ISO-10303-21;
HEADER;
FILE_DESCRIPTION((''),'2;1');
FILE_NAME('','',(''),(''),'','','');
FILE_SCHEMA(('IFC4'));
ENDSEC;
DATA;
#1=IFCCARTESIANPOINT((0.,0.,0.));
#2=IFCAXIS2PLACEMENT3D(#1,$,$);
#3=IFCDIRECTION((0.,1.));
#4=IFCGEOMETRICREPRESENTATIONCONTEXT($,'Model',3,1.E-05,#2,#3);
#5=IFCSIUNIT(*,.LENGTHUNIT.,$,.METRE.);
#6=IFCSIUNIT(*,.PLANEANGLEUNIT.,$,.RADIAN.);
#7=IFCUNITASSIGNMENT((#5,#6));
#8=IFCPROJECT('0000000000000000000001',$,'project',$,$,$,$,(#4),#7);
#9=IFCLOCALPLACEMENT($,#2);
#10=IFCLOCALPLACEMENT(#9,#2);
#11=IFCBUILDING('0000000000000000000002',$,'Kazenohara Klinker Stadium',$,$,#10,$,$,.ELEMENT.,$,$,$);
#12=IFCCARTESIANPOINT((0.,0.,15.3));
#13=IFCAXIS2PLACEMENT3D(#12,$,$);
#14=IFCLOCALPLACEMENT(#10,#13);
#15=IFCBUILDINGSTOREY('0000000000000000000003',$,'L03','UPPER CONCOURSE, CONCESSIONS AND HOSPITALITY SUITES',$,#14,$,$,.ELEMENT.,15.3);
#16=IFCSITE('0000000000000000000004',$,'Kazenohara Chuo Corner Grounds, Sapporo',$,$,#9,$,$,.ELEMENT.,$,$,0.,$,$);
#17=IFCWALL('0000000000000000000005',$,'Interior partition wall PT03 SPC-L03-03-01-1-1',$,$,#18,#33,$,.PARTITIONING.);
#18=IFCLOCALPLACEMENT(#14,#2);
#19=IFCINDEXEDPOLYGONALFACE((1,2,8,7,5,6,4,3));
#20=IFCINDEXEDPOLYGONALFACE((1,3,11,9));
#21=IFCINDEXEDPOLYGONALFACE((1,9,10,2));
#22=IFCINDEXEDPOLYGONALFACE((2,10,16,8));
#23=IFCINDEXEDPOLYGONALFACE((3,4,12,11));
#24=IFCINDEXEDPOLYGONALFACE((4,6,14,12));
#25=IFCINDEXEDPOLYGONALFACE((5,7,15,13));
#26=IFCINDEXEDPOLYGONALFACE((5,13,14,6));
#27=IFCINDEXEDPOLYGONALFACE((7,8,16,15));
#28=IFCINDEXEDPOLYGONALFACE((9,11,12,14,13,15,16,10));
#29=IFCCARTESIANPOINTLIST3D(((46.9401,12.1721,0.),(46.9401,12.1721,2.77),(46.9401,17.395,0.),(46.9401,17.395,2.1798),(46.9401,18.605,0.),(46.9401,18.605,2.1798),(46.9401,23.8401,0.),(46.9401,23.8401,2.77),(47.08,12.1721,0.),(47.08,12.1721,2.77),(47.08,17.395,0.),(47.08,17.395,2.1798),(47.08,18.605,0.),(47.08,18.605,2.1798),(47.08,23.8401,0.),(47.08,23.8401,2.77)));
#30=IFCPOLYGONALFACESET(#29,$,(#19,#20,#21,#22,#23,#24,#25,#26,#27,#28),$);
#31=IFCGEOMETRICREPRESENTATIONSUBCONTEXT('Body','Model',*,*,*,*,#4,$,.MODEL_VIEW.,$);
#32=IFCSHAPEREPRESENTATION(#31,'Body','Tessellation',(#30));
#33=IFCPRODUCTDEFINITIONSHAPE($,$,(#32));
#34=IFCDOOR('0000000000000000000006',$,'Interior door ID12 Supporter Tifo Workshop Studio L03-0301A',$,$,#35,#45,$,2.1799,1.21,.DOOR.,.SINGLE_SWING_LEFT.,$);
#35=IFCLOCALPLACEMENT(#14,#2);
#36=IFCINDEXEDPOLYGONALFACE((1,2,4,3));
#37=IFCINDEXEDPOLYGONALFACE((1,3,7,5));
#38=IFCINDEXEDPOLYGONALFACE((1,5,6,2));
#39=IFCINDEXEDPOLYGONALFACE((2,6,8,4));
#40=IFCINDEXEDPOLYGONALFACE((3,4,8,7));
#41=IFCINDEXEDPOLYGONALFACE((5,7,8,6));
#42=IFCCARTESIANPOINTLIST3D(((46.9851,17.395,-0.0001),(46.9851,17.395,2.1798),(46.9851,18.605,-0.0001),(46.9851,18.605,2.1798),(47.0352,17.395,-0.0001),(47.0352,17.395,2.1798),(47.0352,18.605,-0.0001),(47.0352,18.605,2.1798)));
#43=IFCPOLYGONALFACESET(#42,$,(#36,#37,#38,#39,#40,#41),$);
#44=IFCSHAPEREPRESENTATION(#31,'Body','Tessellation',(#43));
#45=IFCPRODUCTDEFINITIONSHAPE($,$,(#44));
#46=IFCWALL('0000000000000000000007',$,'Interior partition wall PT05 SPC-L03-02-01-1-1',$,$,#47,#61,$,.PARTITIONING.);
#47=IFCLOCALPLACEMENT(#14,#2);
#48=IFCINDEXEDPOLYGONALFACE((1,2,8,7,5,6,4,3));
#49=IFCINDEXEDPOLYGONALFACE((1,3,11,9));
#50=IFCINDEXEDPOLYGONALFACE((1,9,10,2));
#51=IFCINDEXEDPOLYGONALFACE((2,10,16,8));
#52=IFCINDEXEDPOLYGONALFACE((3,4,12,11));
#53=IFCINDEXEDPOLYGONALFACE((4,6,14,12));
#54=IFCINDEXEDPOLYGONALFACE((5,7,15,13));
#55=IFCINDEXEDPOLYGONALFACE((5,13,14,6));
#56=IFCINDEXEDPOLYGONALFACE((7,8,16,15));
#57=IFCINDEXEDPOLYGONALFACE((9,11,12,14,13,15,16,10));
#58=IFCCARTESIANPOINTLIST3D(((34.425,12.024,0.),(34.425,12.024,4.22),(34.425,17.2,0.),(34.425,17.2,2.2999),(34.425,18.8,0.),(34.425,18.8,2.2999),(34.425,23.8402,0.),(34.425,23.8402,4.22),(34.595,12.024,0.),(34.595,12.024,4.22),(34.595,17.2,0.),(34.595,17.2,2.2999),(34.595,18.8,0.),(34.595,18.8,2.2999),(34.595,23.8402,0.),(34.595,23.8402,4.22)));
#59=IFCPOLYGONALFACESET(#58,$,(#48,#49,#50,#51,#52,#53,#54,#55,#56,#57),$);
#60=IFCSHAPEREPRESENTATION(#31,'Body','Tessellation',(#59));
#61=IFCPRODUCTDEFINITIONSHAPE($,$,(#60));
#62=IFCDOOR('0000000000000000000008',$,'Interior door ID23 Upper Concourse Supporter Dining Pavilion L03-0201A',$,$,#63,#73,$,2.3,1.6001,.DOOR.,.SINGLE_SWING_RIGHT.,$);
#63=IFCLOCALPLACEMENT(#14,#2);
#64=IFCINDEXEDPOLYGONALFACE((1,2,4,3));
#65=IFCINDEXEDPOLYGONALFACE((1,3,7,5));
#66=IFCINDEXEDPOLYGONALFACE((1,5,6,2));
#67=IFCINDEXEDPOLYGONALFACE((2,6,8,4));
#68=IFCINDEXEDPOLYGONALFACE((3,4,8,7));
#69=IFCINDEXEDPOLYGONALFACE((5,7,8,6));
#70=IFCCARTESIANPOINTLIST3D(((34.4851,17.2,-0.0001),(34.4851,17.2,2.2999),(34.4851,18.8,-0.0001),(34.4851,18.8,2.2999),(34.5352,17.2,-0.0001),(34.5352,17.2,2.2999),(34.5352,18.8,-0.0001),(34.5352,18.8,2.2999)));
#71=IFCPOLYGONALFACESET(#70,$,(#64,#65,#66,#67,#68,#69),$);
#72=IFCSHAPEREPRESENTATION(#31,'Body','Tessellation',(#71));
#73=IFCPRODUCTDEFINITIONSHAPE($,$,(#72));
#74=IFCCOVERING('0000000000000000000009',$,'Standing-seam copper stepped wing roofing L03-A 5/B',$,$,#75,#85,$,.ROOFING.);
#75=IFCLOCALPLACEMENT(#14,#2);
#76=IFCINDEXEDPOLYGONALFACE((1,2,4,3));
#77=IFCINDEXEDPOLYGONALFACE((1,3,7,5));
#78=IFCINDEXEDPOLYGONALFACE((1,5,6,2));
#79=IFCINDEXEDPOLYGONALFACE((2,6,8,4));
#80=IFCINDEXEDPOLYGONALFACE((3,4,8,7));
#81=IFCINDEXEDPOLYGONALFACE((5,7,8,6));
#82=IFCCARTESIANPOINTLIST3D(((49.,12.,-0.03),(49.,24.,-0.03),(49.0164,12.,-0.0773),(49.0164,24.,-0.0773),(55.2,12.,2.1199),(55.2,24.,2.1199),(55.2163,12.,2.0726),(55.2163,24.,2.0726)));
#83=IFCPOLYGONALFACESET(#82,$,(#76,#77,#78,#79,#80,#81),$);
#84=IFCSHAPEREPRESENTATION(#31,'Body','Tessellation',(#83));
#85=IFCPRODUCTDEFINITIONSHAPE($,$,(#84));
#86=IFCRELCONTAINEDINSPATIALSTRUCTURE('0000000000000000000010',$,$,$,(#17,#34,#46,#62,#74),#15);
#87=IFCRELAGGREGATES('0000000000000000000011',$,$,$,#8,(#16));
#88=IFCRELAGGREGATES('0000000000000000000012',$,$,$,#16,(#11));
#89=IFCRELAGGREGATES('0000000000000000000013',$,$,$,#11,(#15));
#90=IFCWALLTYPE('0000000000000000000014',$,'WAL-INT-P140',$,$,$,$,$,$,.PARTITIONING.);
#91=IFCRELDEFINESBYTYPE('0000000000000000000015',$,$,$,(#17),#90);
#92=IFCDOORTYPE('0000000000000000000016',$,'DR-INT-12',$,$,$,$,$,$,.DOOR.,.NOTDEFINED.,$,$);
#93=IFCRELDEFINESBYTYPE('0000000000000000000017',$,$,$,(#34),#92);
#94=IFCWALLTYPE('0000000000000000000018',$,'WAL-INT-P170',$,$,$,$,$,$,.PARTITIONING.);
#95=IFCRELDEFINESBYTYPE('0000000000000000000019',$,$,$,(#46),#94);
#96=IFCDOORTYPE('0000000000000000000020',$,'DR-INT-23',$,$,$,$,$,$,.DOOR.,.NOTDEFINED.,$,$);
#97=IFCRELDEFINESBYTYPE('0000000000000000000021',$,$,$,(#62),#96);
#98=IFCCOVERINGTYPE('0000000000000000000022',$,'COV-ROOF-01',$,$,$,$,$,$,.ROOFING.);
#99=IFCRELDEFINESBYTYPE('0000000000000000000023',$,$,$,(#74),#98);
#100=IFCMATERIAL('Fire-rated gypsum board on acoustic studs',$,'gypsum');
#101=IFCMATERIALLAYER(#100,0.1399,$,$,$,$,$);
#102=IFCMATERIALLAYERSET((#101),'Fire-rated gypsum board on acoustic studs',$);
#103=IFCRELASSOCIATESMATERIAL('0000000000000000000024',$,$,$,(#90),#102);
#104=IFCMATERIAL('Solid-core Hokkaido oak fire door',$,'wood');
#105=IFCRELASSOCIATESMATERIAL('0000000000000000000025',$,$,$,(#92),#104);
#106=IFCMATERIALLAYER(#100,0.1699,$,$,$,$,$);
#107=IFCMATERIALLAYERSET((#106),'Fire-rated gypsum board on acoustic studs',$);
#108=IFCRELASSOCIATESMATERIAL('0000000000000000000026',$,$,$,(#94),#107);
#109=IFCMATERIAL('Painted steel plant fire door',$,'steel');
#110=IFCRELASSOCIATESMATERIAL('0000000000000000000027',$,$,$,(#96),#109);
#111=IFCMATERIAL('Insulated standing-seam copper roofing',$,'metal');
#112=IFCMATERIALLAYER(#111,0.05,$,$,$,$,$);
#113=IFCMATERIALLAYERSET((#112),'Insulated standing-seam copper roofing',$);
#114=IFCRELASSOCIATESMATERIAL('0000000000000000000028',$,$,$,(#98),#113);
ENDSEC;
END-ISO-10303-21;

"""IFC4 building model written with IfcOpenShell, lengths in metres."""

from ifc_helpers import new_model, si_unit, direction, frame, frame_2d, origin, place, context, subcontext, project, spatial, polyline, rectangle, outline, extrude, material, layer, layer_set, type_object, element, fill, save


model = new_model("IFC4")

# Units and contexts
model_context = context("Model", 3, precision=1e-05, world=origin(), true_north=direction((0.0, 1.0)))
body_context = subcontext(model_context, "Body", "Model", "MODEL_VIEW")
ifc_project = project(units=[si_unit("LENGTHUNIT", "METRE"), si_unit("PLANEANGLEUNIT", "RADIAN")], contexts=[model_context])

# Site, building, storey
site_placement = place(None, origin())
site = spatial("IfcSite", under=ifc_project, at=site_placement, Name="Kazenohara Chuo Corner Grounds, Sapporo", CompositionType="ELEMENT", RefElevation=0.0)
building_placement = place(site_placement, origin())
building = spatial("IfcBuilding", under=site, at=building_placement, Name="Kazenohara Klinker Stadium", CompositionType="ELEMENT")
storey_placement = place(building_placement, frame((0.0, 0.0, 15.3)))
storey = spatial("IfcBuildingStorey", under=building, at=storey_placement, Name="L03", Description="UPPER CONCOURSE, CONCESSIONS AND HOSPITALITY SUITES", CompositionType="ELEMENT", Elevation=15.3)

# Walls, openings, doors
ifc_material_1 = material(Name="Fire-rated gypsum board on acoustic studs", Category="gypsum")
ifc_layer_1 = layer(ifc_material_1, 0.1399)
ifc_layer_set_1 = layer_set([ifc_layer_1], Name="Fire-rated gypsum board on acoustic studs")
wall_type_1 = type_object("IfcWallType", Name="WAL-INT-P140", PredefinedType="PARTITIONING", material=ifc_layer_set_1)
wall_1_placement = place(storey_placement, frame((47.01, 12.1721, 0.0), z_axis=(0.0, 0.0, 1.0), x_axis=(0.0, 1.0, 0.0)))
wall_1 = element("IfcWall", 1, at=wall_1_placement, inside=storey, type_object=wall_type_1, Name="Interior partition wall PT03 SPC-L03-03-01-1-1", PredefinedType="PARTITIONING", context=body_context, shape_type="SweptSolid", body=[
    extrude(rectangle(XDim=11.668, YDim=0.1399, at=frame_2d((5.834, 0.0))), origin(), (0.0, 0.0, 1.0), 2.77),
])
opening_1_placement = place(wall_1_placement, frame((5.2229, 0.0, 0.0)))
opening_1 = element("IfcOpeningElement", 2, at=opening_1_placement, cuts=wall_1, PredefinedType="OPENING", context=body_context, shape_type="SweptSolid", body=[
    extrude(rectangle(XDim=1.21, YDim=2.1799, at=frame_2d((0.605, 1.0898))), frame((0.0, 0.0801, 0.0), z_axis=(0.0, -1.0, 0.0), x_axis=(1.0, 0.0, 0.0)), (0.0, 0.0, 1.0), 0.1599),
])
ifc_material_2 = material(Name="Solid-core Hokkaido oak fire door", Category="wood")
door_type_1 = type_object("IfcDoorType", Name="DR-INT-12", OperationType="NOTDEFINED", PredefinedType="DOOR", material=ifc_material_2)
door_1_placement = place(opening_1_placement, origin())
door_1 = element("IfcDoor", 3, at=door_1_placement, inside=storey, type_object=door_type_1, Name="Interior door ID12 Supporter Tifo Workshop Studio L03-0301A", OperationType="SINGLE_SWING_LEFT", OverallHeight=2.1799, OverallWidth=1.21, PredefinedType="DOOR", context=body_context, shape_type="SweptSolid", body=[
    extrude(rectangle(XDim=1.21, YDim=2.1799, at=frame_2d((0.605, 1.0898))), frame((0.0, 0.0249, 0.0), z_axis=(0.0, -1.0, 0.0), x_axis=(1.0, 0.0, 0.0)), (0.0, 0.0, 1.0), 0.05),
])
fill(opening_1, door_1)
ifc_layer_2 = layer(ifc_material_1, 0.1699)
ifc_layer_set_2 = layer_set([ifc_layer_2], Name="Fire-rated gypsum board on acoustic studs")
wall_type_2 = type_object("IfcWallType", Name="WAL-INT-P170", PredefinedType="PARTITIONING", material=ifc_layer_set_2)
wall_2_placement = place(storey_placement, frame((34.51, 12.0239, 0.0), z_axis=(0.0, 0.0, 1.0), x_axis=(0.0, 1.0, 0.0)))
wall_2 = element("IfcWall", 4, at=wall_2_placement, inside=storey, type_object=wall_type_2, Name="Interior partition wall PT05 SPC-L03-02-01-1-1", PredefinedType="PARTITIONING", context=body_context, shape_type="SweptSolid", body=[
    extrude(rectangle(XDim=11.8162, YDim=0.1699, at=frame_2d((5.9082, 0.0))), origin(), (0.0, 0.0, 1.0), 4.22),
])
opening_2_placement = place(wall_2_placement, frame((5.176, 0.0, 0.0)))
opening_2 = element("IfcOpeningElement", 5, at=opening_2_placement, cuts=wall_2, PredefinedType="OPENING", context=body_context, shape_type="SweptSolid", body=[
    extrude(rectangle(XDim=1.6001, YDim=2.3, at=frame_2d((0.8, 1.1499))), frame((0.0, 0.095, 0.0), z_axis=(0.0, -1.0, 0.0), x_axis=(1.0, 0.0, 0.0)), (0.0, 0.0, 1.0), 0.1899),
])
ifc_material_3 = material(Name="Painted steel plant fire door", Category="steel")
door_type_2 = type_object("IfcDoorType", Name="DR-INT-23", OperationType="NOTDEFINED", PredefinedType="DOOR", material=ifc_material_3)
door_2_placement = place(opening_2_placement, origin())
door_2 = element("IfcDoor", 6, at=door_2_placement, inside=storey, type_object=door_type_2, Name="Interior door ID23 Upper Concourse Supporter Dining Pavilion L03-0201A", OperationType="SINGLE_SWING_RIGHT", OverallHeight=2.3, OverallWidth=1.6001, PredefinedType="DOOR", context=body_context, shape_type="SweptSolid", body=[
    extrude(rectangle(XDim=1.6001, YDim=2.3, at=frame_2d((0.8, 1.1499))), frame((0.0, 0.0249, 0.0), z_axis=(0.0, -1.0, 0.0), x_axis=(1.0, 0.0, 0.0)), (0.0, 0.0, 1.0), 0.05),
])
fill(opening_2, door_2)

# Covering
ifc_material_4 = material(Name="Insulated standing-seam copper roofing", Category="metal")
ifc_layer_3 = layer(ifc_material_4, 0.05)
ifc_layer_set_3 = layer_set([ifc_layer_3], Name="Insulated standing-seam copper roofing")
covering_type = type_object("IfcCoveringType", Name="COV-ROOF-01", PredefinedType="ROOFING", material=ifc_layer_set_3)
covering_placement = place(storey_placement, frame((49.0, 12.0, -0.03), z_axis=(-0.327623, 0.0, 0.944809), x_axis=(0.944809, 0.0, 0.327623)))
element("IfcCovering", 7, at=covering_placement, inside=storey, type_object=covering_type, Name="Standing-seam copper stepped wing roofing L03-A 5/B", PredefinedType="ROOFING", context=body_context, shape_type="SweptSolid", body=[
    extrude(outline(polyline([(0.0, 0.0), (6.5621, 0.0), (6.5621, 12.0), (0.0, 12.0), (0.0, 0.0)])), origin(), (0.0, 0.0, -1.0), 0.05),
])

save(model, "model.ifc")
